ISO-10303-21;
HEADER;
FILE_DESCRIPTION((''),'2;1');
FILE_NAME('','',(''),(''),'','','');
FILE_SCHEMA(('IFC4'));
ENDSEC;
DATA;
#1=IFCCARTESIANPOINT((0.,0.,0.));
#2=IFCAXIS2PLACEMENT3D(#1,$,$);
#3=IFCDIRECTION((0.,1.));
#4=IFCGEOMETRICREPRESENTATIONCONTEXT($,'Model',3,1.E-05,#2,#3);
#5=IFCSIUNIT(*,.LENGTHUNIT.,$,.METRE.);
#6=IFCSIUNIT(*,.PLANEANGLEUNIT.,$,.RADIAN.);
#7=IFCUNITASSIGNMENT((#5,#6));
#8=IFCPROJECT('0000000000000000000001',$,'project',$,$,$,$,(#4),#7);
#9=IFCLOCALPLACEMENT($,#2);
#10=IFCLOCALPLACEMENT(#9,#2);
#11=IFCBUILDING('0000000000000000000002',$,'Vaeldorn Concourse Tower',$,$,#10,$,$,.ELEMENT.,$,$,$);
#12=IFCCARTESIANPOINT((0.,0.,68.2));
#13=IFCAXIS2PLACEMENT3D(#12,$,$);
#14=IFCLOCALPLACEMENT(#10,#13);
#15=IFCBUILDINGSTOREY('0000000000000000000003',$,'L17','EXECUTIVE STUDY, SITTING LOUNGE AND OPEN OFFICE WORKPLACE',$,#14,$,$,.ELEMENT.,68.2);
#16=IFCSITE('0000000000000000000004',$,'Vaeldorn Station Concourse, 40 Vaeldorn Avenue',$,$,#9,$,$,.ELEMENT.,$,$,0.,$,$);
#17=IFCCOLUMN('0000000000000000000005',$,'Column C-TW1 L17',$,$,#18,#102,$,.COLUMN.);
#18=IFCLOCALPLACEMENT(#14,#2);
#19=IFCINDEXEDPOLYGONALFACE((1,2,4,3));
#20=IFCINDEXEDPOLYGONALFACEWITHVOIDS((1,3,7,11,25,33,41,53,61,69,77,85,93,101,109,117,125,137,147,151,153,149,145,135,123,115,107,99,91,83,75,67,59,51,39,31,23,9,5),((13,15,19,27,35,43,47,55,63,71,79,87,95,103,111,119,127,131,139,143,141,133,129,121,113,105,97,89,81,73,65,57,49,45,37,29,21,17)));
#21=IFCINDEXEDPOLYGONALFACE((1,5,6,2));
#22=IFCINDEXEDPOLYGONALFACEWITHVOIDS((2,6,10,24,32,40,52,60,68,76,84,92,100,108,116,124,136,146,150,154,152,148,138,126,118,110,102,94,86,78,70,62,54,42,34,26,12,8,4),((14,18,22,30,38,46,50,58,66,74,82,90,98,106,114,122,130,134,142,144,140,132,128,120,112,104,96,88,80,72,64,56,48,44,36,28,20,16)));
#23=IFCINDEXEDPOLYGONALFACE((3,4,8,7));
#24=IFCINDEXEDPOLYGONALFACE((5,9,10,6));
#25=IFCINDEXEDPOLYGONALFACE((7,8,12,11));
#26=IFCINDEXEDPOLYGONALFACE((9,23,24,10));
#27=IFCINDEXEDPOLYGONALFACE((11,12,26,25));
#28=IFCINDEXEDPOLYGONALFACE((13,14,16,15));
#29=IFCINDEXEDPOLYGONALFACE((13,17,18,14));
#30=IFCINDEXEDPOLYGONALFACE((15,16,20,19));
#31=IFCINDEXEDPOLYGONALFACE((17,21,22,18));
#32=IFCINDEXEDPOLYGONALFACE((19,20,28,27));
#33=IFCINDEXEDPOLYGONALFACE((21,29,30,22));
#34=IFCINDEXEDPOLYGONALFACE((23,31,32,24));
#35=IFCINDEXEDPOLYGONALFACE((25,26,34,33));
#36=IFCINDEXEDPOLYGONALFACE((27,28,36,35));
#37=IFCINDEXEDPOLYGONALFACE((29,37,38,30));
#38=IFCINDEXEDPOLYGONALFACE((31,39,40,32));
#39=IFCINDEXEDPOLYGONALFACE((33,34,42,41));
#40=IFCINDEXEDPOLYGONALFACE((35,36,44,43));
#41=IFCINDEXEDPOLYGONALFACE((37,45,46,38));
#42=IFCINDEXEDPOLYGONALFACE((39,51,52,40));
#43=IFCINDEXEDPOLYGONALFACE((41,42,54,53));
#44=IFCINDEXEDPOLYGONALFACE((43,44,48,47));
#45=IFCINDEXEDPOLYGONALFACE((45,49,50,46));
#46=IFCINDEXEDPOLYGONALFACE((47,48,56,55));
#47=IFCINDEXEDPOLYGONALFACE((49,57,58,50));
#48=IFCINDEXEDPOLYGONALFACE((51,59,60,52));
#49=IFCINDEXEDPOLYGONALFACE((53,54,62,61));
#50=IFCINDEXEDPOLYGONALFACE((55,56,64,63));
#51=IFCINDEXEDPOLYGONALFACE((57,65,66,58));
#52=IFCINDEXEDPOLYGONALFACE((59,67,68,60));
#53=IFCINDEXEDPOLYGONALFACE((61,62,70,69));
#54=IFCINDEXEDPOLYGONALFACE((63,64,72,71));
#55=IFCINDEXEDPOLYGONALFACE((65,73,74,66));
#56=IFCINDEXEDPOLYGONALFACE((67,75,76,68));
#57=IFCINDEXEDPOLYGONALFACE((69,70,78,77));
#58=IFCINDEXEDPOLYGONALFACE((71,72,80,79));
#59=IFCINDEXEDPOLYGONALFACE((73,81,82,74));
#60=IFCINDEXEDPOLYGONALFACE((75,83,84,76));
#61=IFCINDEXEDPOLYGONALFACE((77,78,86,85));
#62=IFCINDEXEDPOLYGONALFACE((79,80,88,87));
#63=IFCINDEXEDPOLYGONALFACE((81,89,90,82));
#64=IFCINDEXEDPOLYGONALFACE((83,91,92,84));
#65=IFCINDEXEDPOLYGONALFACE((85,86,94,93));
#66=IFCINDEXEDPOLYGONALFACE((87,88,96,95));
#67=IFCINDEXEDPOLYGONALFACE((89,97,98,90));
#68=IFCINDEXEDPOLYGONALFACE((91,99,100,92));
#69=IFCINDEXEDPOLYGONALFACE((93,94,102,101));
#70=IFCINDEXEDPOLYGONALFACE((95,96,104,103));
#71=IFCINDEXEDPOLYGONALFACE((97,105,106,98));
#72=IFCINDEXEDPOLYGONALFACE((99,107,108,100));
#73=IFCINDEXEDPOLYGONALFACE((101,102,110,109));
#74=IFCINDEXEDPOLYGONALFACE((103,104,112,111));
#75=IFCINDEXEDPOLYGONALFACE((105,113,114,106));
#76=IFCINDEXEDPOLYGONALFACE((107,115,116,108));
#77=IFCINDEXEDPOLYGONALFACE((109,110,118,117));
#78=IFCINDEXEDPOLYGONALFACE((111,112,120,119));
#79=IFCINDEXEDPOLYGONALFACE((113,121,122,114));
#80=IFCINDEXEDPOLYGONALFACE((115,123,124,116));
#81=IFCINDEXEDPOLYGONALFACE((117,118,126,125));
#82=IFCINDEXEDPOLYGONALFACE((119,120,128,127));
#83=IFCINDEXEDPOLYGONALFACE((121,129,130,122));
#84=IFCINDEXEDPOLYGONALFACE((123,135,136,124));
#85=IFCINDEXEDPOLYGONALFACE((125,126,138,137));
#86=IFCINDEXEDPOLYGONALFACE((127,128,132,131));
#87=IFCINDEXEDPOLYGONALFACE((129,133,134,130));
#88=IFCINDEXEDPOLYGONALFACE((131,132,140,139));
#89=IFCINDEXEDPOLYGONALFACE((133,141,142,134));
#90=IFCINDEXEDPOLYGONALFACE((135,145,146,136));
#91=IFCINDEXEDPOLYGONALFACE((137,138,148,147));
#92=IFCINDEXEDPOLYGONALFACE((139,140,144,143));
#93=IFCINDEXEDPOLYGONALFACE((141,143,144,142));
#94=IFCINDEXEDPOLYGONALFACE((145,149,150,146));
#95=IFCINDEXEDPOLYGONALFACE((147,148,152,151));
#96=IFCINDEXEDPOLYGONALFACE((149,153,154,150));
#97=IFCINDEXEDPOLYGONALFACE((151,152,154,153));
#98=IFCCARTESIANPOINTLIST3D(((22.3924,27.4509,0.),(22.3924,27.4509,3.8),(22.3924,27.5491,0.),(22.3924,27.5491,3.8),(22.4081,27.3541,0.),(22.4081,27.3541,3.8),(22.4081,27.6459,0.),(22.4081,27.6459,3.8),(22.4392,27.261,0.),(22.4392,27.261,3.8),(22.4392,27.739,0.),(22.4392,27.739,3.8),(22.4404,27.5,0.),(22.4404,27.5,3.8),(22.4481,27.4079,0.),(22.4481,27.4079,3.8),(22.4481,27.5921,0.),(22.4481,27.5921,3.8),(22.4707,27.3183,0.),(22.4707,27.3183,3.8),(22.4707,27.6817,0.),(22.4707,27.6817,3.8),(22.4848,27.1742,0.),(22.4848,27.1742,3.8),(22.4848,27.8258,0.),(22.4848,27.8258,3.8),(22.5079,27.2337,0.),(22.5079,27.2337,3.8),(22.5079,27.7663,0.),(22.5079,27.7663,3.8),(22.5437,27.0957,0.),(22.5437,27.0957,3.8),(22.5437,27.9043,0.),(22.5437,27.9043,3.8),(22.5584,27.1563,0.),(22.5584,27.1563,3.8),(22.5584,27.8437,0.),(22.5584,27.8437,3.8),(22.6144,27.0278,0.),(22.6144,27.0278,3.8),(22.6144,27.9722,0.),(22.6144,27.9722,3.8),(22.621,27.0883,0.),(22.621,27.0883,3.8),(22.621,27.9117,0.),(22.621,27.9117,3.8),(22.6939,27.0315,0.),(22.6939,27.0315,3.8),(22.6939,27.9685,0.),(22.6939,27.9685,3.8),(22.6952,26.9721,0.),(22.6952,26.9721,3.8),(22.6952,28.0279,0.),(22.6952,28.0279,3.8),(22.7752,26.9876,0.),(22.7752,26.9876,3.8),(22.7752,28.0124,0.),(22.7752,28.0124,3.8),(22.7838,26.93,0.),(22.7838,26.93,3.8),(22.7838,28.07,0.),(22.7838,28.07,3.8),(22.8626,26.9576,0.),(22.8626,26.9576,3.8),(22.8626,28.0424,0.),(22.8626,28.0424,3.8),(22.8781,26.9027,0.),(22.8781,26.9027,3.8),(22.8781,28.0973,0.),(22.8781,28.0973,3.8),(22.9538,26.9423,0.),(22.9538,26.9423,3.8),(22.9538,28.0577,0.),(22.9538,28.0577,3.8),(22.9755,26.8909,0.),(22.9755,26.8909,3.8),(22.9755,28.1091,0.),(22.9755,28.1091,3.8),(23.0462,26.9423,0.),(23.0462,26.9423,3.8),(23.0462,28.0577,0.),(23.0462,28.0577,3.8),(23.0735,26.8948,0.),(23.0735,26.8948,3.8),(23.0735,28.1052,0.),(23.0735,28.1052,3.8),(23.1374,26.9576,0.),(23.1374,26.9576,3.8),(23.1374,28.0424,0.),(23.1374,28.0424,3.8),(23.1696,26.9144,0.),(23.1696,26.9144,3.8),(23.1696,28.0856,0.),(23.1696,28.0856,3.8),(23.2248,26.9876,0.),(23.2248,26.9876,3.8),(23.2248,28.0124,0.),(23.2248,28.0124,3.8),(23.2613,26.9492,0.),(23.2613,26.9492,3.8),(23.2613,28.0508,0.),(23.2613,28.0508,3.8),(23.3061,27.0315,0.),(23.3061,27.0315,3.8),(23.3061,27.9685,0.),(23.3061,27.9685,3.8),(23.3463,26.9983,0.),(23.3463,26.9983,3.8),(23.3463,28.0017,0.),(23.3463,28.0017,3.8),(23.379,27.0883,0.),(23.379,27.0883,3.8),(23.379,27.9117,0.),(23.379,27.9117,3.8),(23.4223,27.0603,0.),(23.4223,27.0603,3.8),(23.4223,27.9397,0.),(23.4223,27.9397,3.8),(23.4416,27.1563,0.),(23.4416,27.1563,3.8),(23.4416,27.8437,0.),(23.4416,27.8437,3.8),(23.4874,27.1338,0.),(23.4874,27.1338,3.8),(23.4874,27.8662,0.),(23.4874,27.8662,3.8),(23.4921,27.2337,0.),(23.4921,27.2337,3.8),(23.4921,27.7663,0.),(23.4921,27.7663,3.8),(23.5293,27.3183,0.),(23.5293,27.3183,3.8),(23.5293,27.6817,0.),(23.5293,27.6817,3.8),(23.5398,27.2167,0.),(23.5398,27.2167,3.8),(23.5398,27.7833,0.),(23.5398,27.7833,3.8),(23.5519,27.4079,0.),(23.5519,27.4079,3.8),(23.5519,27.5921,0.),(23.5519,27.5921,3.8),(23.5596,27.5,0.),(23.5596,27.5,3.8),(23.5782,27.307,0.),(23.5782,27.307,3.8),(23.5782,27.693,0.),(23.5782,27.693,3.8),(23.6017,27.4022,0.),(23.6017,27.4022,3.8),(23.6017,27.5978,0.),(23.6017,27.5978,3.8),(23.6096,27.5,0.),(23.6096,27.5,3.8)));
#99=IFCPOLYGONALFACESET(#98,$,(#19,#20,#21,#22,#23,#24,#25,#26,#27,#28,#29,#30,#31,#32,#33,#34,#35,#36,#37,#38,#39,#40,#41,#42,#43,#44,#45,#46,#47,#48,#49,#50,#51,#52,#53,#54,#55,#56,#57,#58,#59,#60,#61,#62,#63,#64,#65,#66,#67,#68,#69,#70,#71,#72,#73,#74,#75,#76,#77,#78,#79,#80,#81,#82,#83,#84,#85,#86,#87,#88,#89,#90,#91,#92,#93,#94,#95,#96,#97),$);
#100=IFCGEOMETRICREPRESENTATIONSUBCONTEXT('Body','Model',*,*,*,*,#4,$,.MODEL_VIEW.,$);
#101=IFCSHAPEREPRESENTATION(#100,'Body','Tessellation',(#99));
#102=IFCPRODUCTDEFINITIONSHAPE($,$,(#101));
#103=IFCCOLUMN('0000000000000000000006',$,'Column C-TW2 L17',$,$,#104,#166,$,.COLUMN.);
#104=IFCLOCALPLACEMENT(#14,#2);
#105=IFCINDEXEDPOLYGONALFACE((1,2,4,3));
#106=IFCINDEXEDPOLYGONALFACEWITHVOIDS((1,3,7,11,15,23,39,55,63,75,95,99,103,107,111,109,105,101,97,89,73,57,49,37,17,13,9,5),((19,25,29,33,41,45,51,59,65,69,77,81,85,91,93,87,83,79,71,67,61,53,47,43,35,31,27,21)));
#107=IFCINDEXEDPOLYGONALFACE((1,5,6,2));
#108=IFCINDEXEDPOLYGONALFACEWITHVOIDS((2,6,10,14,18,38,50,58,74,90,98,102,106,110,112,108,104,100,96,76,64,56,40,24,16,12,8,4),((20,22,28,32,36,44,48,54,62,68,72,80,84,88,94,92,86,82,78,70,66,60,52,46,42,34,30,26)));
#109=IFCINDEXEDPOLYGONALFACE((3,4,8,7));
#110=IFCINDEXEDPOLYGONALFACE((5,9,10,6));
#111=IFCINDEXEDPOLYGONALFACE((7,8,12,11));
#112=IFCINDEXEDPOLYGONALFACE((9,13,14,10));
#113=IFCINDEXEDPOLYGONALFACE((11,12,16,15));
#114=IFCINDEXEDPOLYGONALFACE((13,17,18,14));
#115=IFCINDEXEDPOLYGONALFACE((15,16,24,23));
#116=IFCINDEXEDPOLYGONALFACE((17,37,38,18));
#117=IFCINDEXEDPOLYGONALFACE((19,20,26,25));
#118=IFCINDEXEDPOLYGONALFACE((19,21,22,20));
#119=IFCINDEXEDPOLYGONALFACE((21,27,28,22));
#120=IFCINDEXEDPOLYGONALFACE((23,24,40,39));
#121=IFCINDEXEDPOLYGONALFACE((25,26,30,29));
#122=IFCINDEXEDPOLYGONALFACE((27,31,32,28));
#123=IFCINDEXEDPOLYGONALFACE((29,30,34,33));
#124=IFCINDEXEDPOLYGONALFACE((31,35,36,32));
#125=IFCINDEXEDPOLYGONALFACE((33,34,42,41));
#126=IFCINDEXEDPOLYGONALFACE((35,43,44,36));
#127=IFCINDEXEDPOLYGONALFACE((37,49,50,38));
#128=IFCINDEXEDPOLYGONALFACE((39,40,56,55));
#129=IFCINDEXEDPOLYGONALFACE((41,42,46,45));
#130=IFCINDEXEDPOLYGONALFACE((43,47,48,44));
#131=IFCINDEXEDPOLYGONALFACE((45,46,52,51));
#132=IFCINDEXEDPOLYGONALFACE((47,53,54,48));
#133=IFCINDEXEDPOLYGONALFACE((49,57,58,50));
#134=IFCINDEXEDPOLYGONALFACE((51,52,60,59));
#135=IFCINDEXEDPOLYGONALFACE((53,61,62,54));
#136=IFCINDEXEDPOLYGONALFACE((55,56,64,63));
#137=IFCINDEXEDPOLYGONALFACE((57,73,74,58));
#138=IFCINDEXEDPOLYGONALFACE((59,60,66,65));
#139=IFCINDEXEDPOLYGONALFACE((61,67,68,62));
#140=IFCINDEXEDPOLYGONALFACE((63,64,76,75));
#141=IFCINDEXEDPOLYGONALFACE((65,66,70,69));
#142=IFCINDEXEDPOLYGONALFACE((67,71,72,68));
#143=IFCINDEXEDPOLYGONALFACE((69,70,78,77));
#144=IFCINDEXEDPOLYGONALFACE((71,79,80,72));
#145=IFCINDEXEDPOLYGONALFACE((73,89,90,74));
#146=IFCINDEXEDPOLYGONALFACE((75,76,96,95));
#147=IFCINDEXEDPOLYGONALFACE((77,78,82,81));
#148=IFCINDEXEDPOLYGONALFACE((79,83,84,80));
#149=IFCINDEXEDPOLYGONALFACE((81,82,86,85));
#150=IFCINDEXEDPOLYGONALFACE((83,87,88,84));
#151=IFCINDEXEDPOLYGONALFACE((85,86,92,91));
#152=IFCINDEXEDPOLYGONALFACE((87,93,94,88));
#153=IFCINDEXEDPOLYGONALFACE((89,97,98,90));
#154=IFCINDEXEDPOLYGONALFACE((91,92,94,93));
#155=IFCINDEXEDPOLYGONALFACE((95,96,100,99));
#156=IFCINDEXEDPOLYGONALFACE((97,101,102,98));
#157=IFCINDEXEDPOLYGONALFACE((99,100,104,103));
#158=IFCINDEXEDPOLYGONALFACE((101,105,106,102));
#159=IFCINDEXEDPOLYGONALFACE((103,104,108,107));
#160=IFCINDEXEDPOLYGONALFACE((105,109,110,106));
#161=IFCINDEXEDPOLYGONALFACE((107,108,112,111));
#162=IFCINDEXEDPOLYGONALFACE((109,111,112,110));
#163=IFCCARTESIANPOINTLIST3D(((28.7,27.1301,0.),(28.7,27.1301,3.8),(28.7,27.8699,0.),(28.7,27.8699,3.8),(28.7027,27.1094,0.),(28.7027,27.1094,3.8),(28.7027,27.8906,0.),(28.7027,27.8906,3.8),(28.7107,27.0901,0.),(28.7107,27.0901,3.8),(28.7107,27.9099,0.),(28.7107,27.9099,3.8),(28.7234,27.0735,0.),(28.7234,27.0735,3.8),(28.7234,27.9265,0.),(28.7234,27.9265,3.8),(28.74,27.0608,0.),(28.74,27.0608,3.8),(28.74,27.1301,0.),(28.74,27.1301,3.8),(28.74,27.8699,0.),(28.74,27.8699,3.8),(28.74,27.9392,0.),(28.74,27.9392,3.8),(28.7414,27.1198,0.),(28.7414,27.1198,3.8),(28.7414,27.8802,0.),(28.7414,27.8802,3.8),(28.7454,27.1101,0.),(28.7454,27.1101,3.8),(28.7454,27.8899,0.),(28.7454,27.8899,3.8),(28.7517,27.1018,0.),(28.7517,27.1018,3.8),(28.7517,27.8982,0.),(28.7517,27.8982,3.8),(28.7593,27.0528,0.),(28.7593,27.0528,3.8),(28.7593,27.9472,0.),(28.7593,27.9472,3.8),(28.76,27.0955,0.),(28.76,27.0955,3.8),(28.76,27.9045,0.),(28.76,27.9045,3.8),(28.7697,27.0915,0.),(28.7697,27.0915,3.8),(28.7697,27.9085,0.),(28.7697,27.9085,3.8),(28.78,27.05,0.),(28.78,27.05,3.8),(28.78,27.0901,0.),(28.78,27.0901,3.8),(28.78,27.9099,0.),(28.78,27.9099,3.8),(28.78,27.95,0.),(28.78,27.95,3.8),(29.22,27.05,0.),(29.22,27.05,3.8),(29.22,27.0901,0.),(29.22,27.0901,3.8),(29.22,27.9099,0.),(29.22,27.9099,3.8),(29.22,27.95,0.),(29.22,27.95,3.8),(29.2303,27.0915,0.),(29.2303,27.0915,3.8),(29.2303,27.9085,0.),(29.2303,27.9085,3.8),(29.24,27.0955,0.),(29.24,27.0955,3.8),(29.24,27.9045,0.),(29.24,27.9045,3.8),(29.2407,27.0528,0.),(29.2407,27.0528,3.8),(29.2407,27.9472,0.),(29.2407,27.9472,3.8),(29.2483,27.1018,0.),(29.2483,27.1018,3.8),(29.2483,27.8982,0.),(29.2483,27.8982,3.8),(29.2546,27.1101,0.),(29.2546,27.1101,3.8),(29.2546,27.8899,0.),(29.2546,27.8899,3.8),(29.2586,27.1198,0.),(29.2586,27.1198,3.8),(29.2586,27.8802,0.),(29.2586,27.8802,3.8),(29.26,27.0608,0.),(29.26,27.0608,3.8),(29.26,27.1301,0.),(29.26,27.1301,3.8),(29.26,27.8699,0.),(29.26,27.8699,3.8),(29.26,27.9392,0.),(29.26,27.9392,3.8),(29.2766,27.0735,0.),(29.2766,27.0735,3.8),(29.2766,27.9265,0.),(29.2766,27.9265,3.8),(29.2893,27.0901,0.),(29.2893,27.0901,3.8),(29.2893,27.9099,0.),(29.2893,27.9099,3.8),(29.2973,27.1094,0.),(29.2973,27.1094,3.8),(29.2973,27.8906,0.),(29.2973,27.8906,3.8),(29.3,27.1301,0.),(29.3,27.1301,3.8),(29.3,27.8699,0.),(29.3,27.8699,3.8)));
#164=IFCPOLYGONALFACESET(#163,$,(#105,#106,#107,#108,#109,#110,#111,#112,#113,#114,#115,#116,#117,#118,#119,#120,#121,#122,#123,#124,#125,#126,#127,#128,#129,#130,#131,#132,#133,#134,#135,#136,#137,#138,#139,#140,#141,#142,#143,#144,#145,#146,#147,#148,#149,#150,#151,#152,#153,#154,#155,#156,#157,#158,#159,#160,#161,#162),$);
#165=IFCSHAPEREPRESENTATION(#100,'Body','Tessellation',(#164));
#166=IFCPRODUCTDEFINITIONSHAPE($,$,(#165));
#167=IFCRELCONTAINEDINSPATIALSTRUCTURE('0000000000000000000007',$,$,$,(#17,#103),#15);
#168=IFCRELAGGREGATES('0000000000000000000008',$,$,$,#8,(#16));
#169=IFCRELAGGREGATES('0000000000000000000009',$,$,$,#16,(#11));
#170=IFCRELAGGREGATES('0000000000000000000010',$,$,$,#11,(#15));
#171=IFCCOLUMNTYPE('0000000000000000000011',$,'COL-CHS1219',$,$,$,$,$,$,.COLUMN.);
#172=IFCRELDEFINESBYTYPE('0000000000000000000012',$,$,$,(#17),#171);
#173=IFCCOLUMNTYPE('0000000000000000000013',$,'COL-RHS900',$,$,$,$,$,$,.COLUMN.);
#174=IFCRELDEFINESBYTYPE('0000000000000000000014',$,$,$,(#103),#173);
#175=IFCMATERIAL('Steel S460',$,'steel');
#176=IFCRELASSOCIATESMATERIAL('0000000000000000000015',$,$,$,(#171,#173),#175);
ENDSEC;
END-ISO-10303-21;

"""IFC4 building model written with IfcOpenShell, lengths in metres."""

from ifc_helpers import new_model, si_unit, direction, frame, origin, origin_2d, place, context, subcontext, project, spatial, hollow_rectangle, hollow_circle, extrude, source, transform, mapped, material, material_profile, profile_set, type_object, element, save


model = new_model("IFC4")

# Units and contexts
model_context = context("Model", 3, precision=1e-05, world=origin(), true_north=direction((0.0, 1.0)))
body_context = subcontext(model_context, "Body", "Model", "MODEL_VIEW")
ifc_project = project(units=[si_unit("LENGTHUNIT", "METRE"), si_unit("PLANEANGLEUNIT", "RADIAN")], contexts=[model_context])

# Site, building, storey
site_placement = place(None, origin())
site = spatial("IfcSite", under=ifc_project, at=site_placement, Name="Vaeldorn Station Concourse, 40 Vaeldorn Avenue", CompositionType="ELEMENT", RefElevation=0.0)
building_placement = place(site_placement, origin())
building = spatial("IfcBuilding", under=site, at=building_placement, Name="Vaeldorn Concourse Tower", CompositionType="ELEMENT")
storey_placement = place(building_placement, frame((0.0, 0.0, 68.2)))
storey = spatial("IfcBuildingStorey", under=building, at=storey_placement, Name="L17", Description="EXECUTIVE STUDY, SITTING LOUNGE AND OPEN OFFICE WORKPLACE", CompositionType="ELEMENT", Elevation=68.2)

# Columns
ifc_material_1 = material(Name="Steel S460", Category="steel")
ifc_material_profile_1 = material_profile(ifc_material_1, hollow_circle(Radius=0.6096, WallThickness=0.05, at=origin_2d()), Name="CHS 1219x50")
ifc_profile_set_1 = profile_set([ifc_material_profile_1], Name="Steel S460")
column_type_1 = type_object("IfcColumnType", Name="COL-CHS1219", PredefinedType="COLUMN", material=ifc_profile_set_1)
shared_shape_1 = source(origin(), body_context, "Body", "SweptSolid", [
    extrude(hollow_circle(Radius=0.6096, WallThickness=0.05, at=origin_2d()), origin(), (0.0, 0.0, 1.0), 3.8),
])
column_1_placement = place(storey_placement, frame((23.0, 27.5, 0.0), z_axis=(0.0, 0.0, 1.0), x_axis=(1.0, 0.0, 0.0)))
element("IfcColumn", 1, at=column_1_placement, inside=storey, type_object=column_type_1, Name="Column C-TW1 L17", PredefinedType="COLUMN", context=body_context, shape_type="MappedRepresentation", body=[
    mapped(shared_shape_1, transform((0.0, 0.0, 0.0), scale=1.0)),
])
ifc_material_profile_2 = material_profile(ifc_material_1, hollow_rectangle(XDim=0.6001, YDim=0.8999, WallThickness=0.04, InnerFilletRadius=0.04, OuterFilletRadius=0.0801, at=origin_2d()), Name="RHS 900x600x40")
ifc_profile_set_2 = profile_set([ifc_material_profile_2], Name="Steel S460")
column_type_2 = type_object("IfcColumnType", Name="COL-RHS900", PredefinedType="COLUMN", material=ifc_profile_set_2)
shared_shape_2 = source(origin(), body_context, "Body", "SweptSolid", [
    extrude(hollow_rectangle(XDim=0.6001, YDim=0.8999, WallThickness=0.04, InnerFilletRadius=0.04, OuterFilletRadius=0.0801, at=origin_2d()), origin(), (0.0, 0.0, 1.0), 3.8),
])
for number, where, z_axis, x_axis, name in (
    (2, (29.0, 27.5, 0.0), (0.0, 0.0, 1.0), (1.0, 0.0, 0.0), "Column C-TW2 L17"),
):
    element("IfcColumn", number, at=place(storey_placement, frame(where, z_axis=z_axis, x_axis=x_axis)), inside=storey, type_object=column_type_2, Name=name, PredefinedType="COLUMN", context=body_context, shape_type="MappedRepresentation", body=[
        mapped(shared_shape_2, transform((0.0, 0.0, 0.0), scale=1.0)),
    ])

save(model, "model.ifc")
